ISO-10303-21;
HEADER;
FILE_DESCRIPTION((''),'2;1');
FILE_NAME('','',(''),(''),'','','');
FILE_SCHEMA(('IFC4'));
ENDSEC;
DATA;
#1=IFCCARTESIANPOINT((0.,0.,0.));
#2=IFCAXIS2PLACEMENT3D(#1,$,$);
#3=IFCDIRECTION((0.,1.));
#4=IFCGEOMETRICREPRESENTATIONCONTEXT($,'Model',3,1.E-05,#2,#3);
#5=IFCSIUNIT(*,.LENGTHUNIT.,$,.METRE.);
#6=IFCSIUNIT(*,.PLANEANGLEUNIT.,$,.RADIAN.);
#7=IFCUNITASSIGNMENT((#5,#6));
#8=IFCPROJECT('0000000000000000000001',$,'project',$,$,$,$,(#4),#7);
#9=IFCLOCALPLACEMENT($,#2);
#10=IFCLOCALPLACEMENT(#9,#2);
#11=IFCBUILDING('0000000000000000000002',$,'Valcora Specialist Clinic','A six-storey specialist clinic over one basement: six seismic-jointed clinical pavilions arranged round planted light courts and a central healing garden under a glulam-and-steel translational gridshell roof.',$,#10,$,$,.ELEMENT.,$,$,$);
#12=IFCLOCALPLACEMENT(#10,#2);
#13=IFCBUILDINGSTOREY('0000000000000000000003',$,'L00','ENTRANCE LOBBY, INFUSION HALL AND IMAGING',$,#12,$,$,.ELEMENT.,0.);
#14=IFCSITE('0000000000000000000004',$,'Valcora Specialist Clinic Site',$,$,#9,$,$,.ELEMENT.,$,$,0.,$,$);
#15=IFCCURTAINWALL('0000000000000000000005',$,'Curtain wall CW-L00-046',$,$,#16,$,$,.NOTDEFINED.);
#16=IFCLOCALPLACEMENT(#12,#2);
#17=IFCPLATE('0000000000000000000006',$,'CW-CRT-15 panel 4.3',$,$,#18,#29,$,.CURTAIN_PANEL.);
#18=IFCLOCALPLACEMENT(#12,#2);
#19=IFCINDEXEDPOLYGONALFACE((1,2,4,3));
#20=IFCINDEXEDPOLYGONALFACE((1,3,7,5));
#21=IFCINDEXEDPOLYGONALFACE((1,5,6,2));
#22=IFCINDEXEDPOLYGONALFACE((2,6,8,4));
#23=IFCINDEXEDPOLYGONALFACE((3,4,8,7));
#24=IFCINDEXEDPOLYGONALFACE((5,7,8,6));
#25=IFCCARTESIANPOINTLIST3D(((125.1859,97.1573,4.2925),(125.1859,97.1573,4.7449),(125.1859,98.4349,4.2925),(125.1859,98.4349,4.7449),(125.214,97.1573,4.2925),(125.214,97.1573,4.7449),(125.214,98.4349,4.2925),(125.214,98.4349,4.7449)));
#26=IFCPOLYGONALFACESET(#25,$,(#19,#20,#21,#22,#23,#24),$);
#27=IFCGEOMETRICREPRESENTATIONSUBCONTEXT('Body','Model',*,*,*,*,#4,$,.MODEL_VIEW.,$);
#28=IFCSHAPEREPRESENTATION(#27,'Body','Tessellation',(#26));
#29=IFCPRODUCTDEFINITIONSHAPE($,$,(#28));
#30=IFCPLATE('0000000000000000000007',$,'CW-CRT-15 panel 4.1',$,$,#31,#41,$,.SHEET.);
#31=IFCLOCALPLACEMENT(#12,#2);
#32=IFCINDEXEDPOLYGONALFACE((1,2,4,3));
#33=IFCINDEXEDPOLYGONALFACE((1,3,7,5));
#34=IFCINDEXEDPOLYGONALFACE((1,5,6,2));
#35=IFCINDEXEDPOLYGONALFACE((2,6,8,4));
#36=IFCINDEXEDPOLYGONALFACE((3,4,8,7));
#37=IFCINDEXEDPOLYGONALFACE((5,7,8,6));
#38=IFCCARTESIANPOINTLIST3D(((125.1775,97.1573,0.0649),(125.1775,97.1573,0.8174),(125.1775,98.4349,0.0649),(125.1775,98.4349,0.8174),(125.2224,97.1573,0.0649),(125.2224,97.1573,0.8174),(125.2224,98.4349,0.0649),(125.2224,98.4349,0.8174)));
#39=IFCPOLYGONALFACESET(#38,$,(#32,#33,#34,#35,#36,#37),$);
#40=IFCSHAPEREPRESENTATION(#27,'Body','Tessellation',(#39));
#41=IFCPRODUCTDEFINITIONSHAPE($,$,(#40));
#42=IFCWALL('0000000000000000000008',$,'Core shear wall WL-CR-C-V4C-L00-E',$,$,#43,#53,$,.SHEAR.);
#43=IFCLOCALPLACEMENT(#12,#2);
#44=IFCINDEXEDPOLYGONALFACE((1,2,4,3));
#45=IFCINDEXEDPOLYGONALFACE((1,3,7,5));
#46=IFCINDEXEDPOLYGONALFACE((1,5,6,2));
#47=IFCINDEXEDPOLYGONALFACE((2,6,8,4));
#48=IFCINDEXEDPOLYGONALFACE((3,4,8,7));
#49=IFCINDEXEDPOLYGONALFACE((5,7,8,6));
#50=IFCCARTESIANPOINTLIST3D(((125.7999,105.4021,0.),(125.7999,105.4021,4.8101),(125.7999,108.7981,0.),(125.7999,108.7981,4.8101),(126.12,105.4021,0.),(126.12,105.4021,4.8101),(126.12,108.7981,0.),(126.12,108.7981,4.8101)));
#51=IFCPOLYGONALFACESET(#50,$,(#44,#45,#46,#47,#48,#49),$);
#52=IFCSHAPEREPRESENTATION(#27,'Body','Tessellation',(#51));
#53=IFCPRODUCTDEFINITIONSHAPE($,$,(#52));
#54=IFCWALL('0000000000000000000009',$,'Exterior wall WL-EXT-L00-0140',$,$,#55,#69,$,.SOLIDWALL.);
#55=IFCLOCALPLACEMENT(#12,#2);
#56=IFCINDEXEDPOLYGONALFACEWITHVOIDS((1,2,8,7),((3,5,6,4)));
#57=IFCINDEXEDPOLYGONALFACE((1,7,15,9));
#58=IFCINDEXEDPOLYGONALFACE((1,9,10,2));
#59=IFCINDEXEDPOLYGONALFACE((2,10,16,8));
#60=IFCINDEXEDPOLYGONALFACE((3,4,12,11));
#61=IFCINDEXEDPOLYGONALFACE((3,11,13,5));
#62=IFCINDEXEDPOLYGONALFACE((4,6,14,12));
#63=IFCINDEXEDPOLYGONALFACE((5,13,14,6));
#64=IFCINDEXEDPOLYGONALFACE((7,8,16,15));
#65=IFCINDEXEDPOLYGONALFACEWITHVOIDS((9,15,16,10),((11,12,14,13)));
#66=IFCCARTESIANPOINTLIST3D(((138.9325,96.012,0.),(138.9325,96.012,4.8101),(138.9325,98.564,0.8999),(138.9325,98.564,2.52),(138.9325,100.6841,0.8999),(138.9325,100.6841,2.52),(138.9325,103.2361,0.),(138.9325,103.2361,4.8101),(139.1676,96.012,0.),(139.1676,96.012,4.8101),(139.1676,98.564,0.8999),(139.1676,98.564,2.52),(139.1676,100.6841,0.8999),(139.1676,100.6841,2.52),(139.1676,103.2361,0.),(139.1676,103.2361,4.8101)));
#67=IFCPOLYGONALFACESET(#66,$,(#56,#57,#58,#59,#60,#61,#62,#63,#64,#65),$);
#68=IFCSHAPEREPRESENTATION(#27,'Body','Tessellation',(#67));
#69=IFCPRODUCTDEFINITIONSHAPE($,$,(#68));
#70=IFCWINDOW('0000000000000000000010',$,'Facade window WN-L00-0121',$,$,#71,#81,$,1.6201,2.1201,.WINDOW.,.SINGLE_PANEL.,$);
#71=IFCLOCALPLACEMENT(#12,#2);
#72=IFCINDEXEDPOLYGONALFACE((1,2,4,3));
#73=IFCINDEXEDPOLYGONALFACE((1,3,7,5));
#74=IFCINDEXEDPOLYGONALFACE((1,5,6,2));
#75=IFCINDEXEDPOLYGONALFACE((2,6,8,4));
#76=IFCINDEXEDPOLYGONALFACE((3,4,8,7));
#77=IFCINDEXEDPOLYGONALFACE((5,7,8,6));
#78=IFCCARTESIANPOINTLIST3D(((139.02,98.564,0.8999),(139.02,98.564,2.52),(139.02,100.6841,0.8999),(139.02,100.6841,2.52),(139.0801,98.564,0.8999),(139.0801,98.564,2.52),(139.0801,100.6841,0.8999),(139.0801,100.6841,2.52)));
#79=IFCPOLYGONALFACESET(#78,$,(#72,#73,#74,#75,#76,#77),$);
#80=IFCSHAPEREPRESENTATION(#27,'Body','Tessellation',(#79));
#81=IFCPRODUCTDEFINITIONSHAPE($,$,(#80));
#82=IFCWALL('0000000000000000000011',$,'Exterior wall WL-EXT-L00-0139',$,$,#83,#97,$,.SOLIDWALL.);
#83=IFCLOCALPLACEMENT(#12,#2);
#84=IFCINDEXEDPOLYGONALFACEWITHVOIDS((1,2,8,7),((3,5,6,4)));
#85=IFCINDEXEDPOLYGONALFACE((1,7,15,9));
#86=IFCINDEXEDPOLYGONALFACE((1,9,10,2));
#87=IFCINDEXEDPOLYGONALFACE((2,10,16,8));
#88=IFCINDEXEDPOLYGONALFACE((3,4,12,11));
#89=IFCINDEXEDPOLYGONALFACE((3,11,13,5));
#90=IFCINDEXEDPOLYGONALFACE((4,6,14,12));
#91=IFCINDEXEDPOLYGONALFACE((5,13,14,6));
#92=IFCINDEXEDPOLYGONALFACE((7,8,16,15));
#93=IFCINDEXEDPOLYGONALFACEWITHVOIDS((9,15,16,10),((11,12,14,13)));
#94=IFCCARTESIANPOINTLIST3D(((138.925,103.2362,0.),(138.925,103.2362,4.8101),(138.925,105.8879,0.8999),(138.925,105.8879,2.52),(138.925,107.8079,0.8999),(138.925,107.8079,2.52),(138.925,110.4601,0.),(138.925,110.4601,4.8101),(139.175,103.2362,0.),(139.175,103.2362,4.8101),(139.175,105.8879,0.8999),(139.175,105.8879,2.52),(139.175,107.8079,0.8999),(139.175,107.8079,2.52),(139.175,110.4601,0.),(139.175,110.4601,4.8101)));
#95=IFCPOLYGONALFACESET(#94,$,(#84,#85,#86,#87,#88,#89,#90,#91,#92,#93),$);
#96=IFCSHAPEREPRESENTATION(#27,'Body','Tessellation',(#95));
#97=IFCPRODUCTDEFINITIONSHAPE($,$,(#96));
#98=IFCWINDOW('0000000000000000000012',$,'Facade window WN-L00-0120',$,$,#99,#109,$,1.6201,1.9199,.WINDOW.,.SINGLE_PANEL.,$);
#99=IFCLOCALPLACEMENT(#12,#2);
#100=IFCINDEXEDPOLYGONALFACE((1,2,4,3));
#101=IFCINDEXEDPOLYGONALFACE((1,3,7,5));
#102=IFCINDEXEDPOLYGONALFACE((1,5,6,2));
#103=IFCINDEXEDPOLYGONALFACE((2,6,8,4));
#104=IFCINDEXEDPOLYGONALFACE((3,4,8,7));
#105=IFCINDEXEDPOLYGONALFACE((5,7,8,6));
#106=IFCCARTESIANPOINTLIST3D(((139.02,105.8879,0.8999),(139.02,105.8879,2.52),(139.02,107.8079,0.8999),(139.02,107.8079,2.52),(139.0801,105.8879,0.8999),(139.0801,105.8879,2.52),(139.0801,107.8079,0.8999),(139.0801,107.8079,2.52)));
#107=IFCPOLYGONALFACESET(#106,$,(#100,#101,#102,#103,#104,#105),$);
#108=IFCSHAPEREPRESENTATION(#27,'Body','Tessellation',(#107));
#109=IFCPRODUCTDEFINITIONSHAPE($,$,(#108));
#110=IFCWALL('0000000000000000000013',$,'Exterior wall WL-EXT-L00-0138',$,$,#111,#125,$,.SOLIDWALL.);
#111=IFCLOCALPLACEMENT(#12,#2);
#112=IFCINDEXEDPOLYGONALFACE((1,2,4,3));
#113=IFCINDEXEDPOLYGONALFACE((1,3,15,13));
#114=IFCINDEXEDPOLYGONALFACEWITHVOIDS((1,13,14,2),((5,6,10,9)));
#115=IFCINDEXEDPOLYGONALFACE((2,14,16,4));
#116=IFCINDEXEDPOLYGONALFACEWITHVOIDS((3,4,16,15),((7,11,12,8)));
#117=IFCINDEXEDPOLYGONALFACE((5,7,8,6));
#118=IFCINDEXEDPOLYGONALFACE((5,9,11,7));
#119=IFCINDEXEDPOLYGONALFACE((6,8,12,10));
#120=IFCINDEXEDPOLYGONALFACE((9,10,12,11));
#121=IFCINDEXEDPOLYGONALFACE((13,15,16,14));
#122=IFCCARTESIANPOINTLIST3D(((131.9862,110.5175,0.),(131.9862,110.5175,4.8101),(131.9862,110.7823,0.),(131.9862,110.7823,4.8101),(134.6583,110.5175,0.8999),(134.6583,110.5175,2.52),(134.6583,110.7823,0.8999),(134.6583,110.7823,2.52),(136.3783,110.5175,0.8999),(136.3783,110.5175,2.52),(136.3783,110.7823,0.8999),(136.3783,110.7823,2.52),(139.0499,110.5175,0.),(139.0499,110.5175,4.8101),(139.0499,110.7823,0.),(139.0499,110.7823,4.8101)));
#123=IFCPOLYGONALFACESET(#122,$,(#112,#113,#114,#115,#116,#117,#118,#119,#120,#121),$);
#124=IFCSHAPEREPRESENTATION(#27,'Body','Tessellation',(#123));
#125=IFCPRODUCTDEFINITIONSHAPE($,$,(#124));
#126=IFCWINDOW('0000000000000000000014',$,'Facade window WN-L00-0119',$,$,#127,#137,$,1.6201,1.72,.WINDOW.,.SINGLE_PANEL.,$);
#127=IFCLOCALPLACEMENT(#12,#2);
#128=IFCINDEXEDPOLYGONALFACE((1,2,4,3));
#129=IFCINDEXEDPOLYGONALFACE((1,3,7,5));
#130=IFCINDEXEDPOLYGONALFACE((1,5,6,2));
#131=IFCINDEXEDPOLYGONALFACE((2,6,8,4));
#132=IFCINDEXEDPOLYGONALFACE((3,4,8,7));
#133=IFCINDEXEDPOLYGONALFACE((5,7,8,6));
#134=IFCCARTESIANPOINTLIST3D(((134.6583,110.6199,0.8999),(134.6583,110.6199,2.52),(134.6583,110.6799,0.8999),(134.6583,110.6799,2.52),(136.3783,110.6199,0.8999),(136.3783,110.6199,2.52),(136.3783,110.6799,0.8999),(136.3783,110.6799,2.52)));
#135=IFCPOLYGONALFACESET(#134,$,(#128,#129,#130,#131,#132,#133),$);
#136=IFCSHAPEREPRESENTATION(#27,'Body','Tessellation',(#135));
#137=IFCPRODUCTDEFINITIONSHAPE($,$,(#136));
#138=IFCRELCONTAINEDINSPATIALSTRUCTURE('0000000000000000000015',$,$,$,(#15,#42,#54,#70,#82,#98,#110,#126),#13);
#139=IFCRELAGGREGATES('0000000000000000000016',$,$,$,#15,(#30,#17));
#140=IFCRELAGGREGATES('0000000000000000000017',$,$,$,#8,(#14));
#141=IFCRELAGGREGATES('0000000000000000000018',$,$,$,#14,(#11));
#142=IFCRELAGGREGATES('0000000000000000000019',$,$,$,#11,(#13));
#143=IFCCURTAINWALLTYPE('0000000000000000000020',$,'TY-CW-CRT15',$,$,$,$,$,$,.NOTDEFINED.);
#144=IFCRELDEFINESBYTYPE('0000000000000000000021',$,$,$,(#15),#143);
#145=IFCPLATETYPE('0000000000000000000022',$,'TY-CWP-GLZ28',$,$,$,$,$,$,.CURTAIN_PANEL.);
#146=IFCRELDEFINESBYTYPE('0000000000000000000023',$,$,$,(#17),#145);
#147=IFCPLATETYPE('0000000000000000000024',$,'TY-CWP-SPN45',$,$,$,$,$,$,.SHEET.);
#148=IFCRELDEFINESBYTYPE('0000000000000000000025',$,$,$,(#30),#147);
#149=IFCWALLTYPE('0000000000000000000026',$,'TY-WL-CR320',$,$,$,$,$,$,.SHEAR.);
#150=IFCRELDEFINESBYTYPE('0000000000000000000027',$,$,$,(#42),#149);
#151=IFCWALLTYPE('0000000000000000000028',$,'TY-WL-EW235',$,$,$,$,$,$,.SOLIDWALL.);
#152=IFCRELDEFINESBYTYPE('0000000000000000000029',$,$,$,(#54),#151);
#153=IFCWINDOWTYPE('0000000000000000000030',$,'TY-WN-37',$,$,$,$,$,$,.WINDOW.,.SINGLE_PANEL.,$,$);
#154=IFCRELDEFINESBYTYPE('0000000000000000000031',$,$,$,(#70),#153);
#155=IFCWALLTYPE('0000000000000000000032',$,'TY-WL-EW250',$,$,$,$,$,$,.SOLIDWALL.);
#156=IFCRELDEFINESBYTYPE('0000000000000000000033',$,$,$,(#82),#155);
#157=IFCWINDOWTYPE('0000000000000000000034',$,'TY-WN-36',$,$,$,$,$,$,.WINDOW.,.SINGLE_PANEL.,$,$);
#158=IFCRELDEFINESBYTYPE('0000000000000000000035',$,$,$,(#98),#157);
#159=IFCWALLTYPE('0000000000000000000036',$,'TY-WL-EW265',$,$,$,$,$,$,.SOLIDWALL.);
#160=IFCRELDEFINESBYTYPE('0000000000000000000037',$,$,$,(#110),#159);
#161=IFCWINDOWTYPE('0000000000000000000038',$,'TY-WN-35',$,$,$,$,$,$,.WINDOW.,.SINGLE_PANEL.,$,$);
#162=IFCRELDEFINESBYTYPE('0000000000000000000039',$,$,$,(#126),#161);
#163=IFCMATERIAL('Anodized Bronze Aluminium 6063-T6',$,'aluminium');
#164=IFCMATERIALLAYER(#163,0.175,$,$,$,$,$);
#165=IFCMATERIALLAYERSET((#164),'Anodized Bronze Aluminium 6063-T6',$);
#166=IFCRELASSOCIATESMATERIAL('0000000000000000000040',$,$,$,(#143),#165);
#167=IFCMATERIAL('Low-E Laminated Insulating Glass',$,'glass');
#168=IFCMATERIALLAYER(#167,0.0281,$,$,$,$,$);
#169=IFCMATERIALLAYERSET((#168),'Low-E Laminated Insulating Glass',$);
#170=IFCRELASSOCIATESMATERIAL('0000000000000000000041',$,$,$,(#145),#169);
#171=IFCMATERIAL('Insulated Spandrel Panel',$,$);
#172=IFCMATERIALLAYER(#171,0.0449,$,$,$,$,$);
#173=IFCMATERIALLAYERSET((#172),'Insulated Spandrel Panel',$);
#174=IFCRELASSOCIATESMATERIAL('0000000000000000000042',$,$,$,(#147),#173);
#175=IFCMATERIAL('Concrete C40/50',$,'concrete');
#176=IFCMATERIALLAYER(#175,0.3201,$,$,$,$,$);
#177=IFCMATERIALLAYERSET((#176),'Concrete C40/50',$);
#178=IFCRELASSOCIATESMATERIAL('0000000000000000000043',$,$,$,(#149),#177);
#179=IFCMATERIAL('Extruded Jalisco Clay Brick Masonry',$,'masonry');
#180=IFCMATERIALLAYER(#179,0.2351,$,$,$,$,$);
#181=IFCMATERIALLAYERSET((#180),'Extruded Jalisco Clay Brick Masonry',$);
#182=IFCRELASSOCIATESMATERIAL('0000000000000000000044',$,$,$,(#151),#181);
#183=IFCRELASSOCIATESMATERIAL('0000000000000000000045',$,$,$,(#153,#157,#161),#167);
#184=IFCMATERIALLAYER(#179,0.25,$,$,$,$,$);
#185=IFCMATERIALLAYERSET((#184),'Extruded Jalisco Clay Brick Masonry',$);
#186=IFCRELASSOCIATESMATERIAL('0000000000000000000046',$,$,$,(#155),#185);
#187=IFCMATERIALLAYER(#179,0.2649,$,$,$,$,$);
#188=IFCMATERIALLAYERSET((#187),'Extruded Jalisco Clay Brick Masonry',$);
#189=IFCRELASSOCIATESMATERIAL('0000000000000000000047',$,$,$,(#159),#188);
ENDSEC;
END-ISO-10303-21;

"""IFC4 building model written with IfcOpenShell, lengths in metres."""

from ifc_helpers import new_model, si_unit, direction, frame, frame_2d, origin, origin_2d, place, context, subcontext, project, spatial, rectangle, extrude, material, layer, layer_set, type_object, element, fill, aggregate, save


model = new_model("IFC4")

# Units and contexts
model_context = context("Model", 3, precision=1e-05, world=origin(), true_north=direction((0.0, 1.0)))
body_context = subcontext(model_context, "Body", "Model", "MODEL_VIEW")
ifc_project = project(units=[si_unit("LENGTHUNIT", "METRE"), si_unit("PLANEANGLEUNIT", "RADIAN")], contexts=[model_context])

# Site, building, storey
site_placement = place(None, origin())
site = spatial("IfcSite", under=ifc_project, at=site_placement, Name="Valcora Specialist Clinic Site", CompositionType="ELEMENT", RefElevation=0.0)
building_placement = place(site_placement, origin())
building = spatial("IfcBuilding", under=site, at=building_placement, Name="Valcora Specialist Clinic", Description="A six-storey specialist clinic over one basement: six seismic-jointed clinical pavilions arranged round planted light courts and a central healing garden under a glulam-and-steel translational gridshell roof.", CompositionType="ELEMENT")
storey_placement = place(building_placement, origin())
storey = spatial("IfcBuildingStorey", under=building, at=storey_placement, Name="L00", Description="ENTRANCE LOBBY, INFUSION HALL AND IMAGING", CompositionType="ELEMENT", Elevation=0.0)

# Shared definitions
ifc_material_1 = material(Name="Concrete C40/50", Category="concrete")

# Curtain wall, plates
ifc_material_2 = material(Name="Anodized Bronze Aluminium 6063-T6", Category="aluminium")
ifc_layer_1 = layer(ifc_material_2, 0.175)
ifc_layer_set_1 = layer_set([ifc_layer_1], Name="Anodized Bronze Aluminium 6063-T6")
curtain_wall_type = type_object("IfcCurtainWallType", Name="TY-CW-CRT15", PredefinedType="NOTDEFINED", material=ifc_layer_set_1)
curtain_wall_placement = place(storey_placement, origin())
curtain_wall = element("IfcCurtainWall", 1, at=curtain_wall_placement, inside=storey, type_object=curtain_wall_type, Name="Curtain wall CW-L00-046", PredefinedType="NOTDEFINED")
ifc_material_3 = material(Name="Low-E Laminated Insulating Glass", Category="glass")
ifc_layer_2 = layer(ifc_material_3, 0.0281)
ifc_layer_set_2 = layer_set([ifc_layer_2], Name="Low-E Laminated Insulating Glass")
plate_type_1 = type_object("IfcPlateType", Name="TY-CWP-GLZ28", PredefinedType="CURTAIN_PANEL", material=ifc_layer_set_2)
plate_1_placement = place(storey_placement, frame((125.2, 97.7961, 4.2925), z_axis=(0.0, 0.0, 1.0), x_axis=(0.0, 1.0, 0.0)))
plate_1 = element("IfcPlate", 2, at=plate_1_placement, type_object=plate_type_1, Name="CW-CRT-15 panel 4.3", PredefinedType="CURTAIN_PANEL", context=body_context, shape_type="SweptSolid", body=[
    extrude(rectangle(XDim=1.2776, YDim=0.0281, at=origin_2d()), origin(), (0.0, 0.0, 1.0), 0.4524),
])
ifc_material_4 = material(Name="Insulated Spandrel Panel")
ifc_layer_3 = layer(ifc_material_4, 0.0449)
ifc_layer_set_3 = layer_set([ifc_layer_3], Name="Insulated Spandrel Panel")
plate_type_2 = type_object("IfcPlateType", Name="TY-CWP-SPN45", PredefinedType="SHEET", material=ifc_layer_set_3)
plate_2_placement = place(storey_placement, frame((125.2, 97.7961, 0.0649), z_axis=(0.0, 0.0, 1.0), x_axis=(0.0, 1.0, 0.0)))
plate_2 = element("IfcPlate", 3, at=plate_2_placement, type_object=plate_type_2, Name="CW-CRT-15 panel 4.1", PredefinedType="SHEET", context=body_context, shape_type="SweptSolid", body=[
    extrude(rectangle(XDim=1.2776, YDim=0.0449, at=origin_2d()), origin(), (0.0, 0.0, 1.0), 0.7524),
])
aggregate(curtain_wall, [plate_2, plate_1])

# Wall
ifc_layer_4 = layer(ifc_material_1, 0.3201)
ifc_layer_set_4 = layer_set([ifc_layer_4], Name="Concrete C40/50")
wall_type_1 = type_object("IfcWallType", Name="TY-WL-CR320", PredefinedType="SHEAR", material=ifc_layer_set_4)
wall_1_placement = place(storey_placement, frame((125.96, 105.4021, 0.0), z_axis=(0.0, 0.0, 1.0), x_axis=(0.0, 1.0, 0.0)))
element("IfcWall", 4, at=wall_1_placement, inside=storey, type_object=wall_type_1, Name="Core shear wall WL-CR-C-V4C-L00-E", PredefinedType="SHEAR", context=body_context, shape_type="SweptSolid", body=[
    extrude(rectangle(XDim=3.396, YDim=0.3201, at=frame_2d((1.698, 0.0))), origin(), (0.0, 0.0, 1.0), 4.8101),
])

# Walls, openings, windows
ifc_material_5 = material(Name="Extruded Jalisco Clay Brick Masonry", Category="masonry")
ifc_layer_5 = layer(ifc_material_5, 0.2351)
ifc_layer_set_5 = layer_set([ifc_layer_5], Name="Extruded Jalisco Clay Brick Masonry")
wall_type_2 = type_object("IfcWallType", Name="TY-WL-EW235", PredefinedType="SOLIDWALL", material=ifc_layer_set_5)
wall_2_placement = place(storey_placement, frame((139.05, 103.2361, 0.0), z_axis=(0.0, 0.0, 1.0), x_axis=(0.0, -1.0, 0.0)))
wall_2 = element("IfcWall", 5, at=wall_2_placement, inside=storey, type_object=wall_type_2, Name="Exterior wall WL-EXT-L00-0140", PredefinedType="SOLIDWALL", context=body_context, shape_type="SweptSolid", body=[
    extrude(rectangle(XDim=7.2241, YDim=0.2351, at=frame_2d((3.6121, 0.0))), origin(), (0.0, 0.0, 1.0), 4.8101),
])
opening_1_placement = place(wall_2_placement, frame((2.552, 0.0, 0.8999)))
opening_1 = element("IfcOpeningElement", 6, at=opening_1_placement, cuts=wall_2, PredefinedType="OPENING", context=body_context, shape_type="SweptSolid", body=[
    extrude(rectangle(XDim=2.1201, YDim=1.6201, at=frame_2d((1.0601, 0.8101))), frame((0.0, 0.1274, 0.0), z_axis=(0.0, -1.0, 0.0), x_axis=(1.0, 0.0, 0.0)), (0.0, 0.0, 1.0), 0.2551),
])
window_type_1 = type_object("IfcWindowType", Name="TY-WN-37", PartitioningType="SINGLE_PANEL", PredefinedType="WINDOW", material=ifc_material_3)
window_1_placement = place(opening_1_placement, origin())
window_1 = element("IfcWindow", 7, at=window_1_placement, inside=storey, type_object=window_type_1, Name="Facade window WN-L00-0121", OverallHeight=1.6201, OverallWidth=2.1201, PartitioningType="SINGLE_PANEL", PredefinedType="WINDOW", context=body_context, shape_type="SweptSolid", body=[
    extrude(rectangle(XDim=2.1201, YDim=1.6201, at=frame_2d((1.0601, 0.8101))), frame((0.0, 0.03, 0.0), z_axis=(0.0, -1.0, 0.0), x_axis=(1.0, 0.0, 0.0)), (0.0, 0.0, 1.0), 0.0601),
])
fill(opening_1, window_1)
ifc_layer_6 = layer(ifc_material_5, 0.25)
ifc_layer_set_6 = layer_set([ifc_layer_6], Name="Extruded Jalisco Clay Brick Masonry")
wall_type_3 = type_object("IfcWallType", Name="TY-WL-EW250", PredefinedType="SOLIDWALL", material=ifc_layer_set_6)
wall_3_placement = place(storey_placement, frame((139.05, 110.46, 0.0), z_axis=(0.0, 0.0, 1.0), x_axis=(0.0, -1.0, 0.0)))
wall_3 = element("IfcWall", 8, at=wall_3_placement, inside=storey, type_object=wall_type_3, Name="Exterior wall WL-EXT-L00-0139", PredefinedType="SOLIDWALL", context=body_context, shape_type="SweptSolid", body=[
    extrude(rectangle(XDim=7.2239, YDim=0.25, at=frame_2d((3.6118, 0.0))), origin(), (0.0, 0.0, 1.0), 4.8101),
])
opening_2_placement = place(wall_3_placement, frame((2.6521, 0.0, 0.8999)))
opening_2 = element("IfcOpeningElement", 9, at=opening_2_placement, cuts=wall_3, PredefinedType="OPENING", context=body_context, shape_type="SweptSolid", body=[
    extrude(rectangle(XDim=1.9199, YDim=1.6201, at=frame_2d((0.96, 0.8101))), frame((0.0, 0.135, 0.0), z_axis=(0.0, -1.0, 0.0), x_axis=(1.0, 0.0, 0.0)), (0.0, 0.0, 1.0), 0.27),
])
window_type_2 = type_object("IfcWindowType", Name="TY-WN-36", PartitioningType="SINGLE_PANEL", PredefinedType="WINDOW", material=ifc_material_3)
window_2_placement = place(opening_2_placement, origin())
window_2 = element("IfcWindow", 10, at=window_2_placement, inside=storey, type_object=window_type_2, Name="Facade window WN-L00-0120", OverallHeight=1.6201, OverallWidth=1.9199, PartitioningType="SINGLE_PANEL", PredefinedType="WINDOW", context=body_context, shape_type="SweptSolid", body=[
    extrude(rectangle(XDim=1.9199, YDim=1.6201, at=frame_2d((0.96, 0.8101))), frame((0.0, 0.03, 0.0), z_axis=(0.0, -1.0, 0.0), x_axis=(1.0, 0.0, 0.0)), (0.0, 0.0, 1.0), 0.0601),
])
fill(opening_2, window_2)
ifc_layer_7 = layer(ifc_material_5, 0.2649)
ifc_layer_set_7 = layer_set([ifc_layer_7], Name="Extruded Jalisco Clay Brick Masonry")
wall_type_4 = type_object("IfcWallType", Name="TY-WL-EW265", PredefinedType="SOLIDWALL", material=ifc_layer_set_7)
wall_4_placement = place(storey_placement, frame((131.9863, 110.6499, 0.0), z_axis=(0.0, 0.0, 1.0), x_axis=(1.0, 0.0, 0.0)))
wall_4 = element("IfcWall", 11, at=wall_4_placement, inside=storey, type_object=wall_type_4, Name="Exterior wall WL-EXT-L00-0138", PredefinedType="SOLIDWALL", context=body_context, shape_type="SweptSolid", body=[
    extrude(rectangle(XDim=7.0637, YDim=0.2649, at=frame_2d((3.5317, 0.0))), origin(), (0.0, 0.0, 1.0), 4.8101),
])
opening_3_placement = place(wall_4_placement, frame((2.6721, 0.0, 0.8999)))
opening_3 = element("IfcOpeningElement", 12, at=opening_3_placement, cuts=wall_4, PredefinedType="OPENING", context=body_context, shape_type="SweptSolid", body=[
    extrude(rectangle(XDim=1.72, YDim=1.6201, at=frame_2d((0.8599, 0.8101))), frame((0.0, 0.1423, 0.0), z_axis=(0.0, -1.0, 0.0), x_axis=(1.0, 0.0, 0.0)), (0.0, 0.0, 1.0), 0.2849),
])
window_type_3 = type_object("IfcWindowType", Name="TY-WN-35", PartitioningType="SINGLE_PANEL", PredefinedType="WINDOW", material=ifc_material_3)
window_3_placement = place(opening_3_placement, origin())
window_3 = element("IfcWindow", 13, at=window_3_placement, inside=storey, type_object=window_type_3, Name="Facade window WN-L00-0119", OverallHeight=1.6201, OverallWidth=1.72, PartitioningType="SINGLE_PANEL", PredefinedType="WINDOW", context=body_context, shape_type="SweptSolid", body=[
    extrude(rectangle(XDim=1.72, YDim=1.6201, at=frame_2d((0.8599, 0.8101))), frame((0.0, 0.03, 0.0), z_axis=(0.0, -1.0, 0.0), x_axis=(1.0, 0.0, 0.0)), (0.0, 0.0, 1.0), 0.0601),
])
fill(opening_3, window_3)

save(model, "model.ifc")
